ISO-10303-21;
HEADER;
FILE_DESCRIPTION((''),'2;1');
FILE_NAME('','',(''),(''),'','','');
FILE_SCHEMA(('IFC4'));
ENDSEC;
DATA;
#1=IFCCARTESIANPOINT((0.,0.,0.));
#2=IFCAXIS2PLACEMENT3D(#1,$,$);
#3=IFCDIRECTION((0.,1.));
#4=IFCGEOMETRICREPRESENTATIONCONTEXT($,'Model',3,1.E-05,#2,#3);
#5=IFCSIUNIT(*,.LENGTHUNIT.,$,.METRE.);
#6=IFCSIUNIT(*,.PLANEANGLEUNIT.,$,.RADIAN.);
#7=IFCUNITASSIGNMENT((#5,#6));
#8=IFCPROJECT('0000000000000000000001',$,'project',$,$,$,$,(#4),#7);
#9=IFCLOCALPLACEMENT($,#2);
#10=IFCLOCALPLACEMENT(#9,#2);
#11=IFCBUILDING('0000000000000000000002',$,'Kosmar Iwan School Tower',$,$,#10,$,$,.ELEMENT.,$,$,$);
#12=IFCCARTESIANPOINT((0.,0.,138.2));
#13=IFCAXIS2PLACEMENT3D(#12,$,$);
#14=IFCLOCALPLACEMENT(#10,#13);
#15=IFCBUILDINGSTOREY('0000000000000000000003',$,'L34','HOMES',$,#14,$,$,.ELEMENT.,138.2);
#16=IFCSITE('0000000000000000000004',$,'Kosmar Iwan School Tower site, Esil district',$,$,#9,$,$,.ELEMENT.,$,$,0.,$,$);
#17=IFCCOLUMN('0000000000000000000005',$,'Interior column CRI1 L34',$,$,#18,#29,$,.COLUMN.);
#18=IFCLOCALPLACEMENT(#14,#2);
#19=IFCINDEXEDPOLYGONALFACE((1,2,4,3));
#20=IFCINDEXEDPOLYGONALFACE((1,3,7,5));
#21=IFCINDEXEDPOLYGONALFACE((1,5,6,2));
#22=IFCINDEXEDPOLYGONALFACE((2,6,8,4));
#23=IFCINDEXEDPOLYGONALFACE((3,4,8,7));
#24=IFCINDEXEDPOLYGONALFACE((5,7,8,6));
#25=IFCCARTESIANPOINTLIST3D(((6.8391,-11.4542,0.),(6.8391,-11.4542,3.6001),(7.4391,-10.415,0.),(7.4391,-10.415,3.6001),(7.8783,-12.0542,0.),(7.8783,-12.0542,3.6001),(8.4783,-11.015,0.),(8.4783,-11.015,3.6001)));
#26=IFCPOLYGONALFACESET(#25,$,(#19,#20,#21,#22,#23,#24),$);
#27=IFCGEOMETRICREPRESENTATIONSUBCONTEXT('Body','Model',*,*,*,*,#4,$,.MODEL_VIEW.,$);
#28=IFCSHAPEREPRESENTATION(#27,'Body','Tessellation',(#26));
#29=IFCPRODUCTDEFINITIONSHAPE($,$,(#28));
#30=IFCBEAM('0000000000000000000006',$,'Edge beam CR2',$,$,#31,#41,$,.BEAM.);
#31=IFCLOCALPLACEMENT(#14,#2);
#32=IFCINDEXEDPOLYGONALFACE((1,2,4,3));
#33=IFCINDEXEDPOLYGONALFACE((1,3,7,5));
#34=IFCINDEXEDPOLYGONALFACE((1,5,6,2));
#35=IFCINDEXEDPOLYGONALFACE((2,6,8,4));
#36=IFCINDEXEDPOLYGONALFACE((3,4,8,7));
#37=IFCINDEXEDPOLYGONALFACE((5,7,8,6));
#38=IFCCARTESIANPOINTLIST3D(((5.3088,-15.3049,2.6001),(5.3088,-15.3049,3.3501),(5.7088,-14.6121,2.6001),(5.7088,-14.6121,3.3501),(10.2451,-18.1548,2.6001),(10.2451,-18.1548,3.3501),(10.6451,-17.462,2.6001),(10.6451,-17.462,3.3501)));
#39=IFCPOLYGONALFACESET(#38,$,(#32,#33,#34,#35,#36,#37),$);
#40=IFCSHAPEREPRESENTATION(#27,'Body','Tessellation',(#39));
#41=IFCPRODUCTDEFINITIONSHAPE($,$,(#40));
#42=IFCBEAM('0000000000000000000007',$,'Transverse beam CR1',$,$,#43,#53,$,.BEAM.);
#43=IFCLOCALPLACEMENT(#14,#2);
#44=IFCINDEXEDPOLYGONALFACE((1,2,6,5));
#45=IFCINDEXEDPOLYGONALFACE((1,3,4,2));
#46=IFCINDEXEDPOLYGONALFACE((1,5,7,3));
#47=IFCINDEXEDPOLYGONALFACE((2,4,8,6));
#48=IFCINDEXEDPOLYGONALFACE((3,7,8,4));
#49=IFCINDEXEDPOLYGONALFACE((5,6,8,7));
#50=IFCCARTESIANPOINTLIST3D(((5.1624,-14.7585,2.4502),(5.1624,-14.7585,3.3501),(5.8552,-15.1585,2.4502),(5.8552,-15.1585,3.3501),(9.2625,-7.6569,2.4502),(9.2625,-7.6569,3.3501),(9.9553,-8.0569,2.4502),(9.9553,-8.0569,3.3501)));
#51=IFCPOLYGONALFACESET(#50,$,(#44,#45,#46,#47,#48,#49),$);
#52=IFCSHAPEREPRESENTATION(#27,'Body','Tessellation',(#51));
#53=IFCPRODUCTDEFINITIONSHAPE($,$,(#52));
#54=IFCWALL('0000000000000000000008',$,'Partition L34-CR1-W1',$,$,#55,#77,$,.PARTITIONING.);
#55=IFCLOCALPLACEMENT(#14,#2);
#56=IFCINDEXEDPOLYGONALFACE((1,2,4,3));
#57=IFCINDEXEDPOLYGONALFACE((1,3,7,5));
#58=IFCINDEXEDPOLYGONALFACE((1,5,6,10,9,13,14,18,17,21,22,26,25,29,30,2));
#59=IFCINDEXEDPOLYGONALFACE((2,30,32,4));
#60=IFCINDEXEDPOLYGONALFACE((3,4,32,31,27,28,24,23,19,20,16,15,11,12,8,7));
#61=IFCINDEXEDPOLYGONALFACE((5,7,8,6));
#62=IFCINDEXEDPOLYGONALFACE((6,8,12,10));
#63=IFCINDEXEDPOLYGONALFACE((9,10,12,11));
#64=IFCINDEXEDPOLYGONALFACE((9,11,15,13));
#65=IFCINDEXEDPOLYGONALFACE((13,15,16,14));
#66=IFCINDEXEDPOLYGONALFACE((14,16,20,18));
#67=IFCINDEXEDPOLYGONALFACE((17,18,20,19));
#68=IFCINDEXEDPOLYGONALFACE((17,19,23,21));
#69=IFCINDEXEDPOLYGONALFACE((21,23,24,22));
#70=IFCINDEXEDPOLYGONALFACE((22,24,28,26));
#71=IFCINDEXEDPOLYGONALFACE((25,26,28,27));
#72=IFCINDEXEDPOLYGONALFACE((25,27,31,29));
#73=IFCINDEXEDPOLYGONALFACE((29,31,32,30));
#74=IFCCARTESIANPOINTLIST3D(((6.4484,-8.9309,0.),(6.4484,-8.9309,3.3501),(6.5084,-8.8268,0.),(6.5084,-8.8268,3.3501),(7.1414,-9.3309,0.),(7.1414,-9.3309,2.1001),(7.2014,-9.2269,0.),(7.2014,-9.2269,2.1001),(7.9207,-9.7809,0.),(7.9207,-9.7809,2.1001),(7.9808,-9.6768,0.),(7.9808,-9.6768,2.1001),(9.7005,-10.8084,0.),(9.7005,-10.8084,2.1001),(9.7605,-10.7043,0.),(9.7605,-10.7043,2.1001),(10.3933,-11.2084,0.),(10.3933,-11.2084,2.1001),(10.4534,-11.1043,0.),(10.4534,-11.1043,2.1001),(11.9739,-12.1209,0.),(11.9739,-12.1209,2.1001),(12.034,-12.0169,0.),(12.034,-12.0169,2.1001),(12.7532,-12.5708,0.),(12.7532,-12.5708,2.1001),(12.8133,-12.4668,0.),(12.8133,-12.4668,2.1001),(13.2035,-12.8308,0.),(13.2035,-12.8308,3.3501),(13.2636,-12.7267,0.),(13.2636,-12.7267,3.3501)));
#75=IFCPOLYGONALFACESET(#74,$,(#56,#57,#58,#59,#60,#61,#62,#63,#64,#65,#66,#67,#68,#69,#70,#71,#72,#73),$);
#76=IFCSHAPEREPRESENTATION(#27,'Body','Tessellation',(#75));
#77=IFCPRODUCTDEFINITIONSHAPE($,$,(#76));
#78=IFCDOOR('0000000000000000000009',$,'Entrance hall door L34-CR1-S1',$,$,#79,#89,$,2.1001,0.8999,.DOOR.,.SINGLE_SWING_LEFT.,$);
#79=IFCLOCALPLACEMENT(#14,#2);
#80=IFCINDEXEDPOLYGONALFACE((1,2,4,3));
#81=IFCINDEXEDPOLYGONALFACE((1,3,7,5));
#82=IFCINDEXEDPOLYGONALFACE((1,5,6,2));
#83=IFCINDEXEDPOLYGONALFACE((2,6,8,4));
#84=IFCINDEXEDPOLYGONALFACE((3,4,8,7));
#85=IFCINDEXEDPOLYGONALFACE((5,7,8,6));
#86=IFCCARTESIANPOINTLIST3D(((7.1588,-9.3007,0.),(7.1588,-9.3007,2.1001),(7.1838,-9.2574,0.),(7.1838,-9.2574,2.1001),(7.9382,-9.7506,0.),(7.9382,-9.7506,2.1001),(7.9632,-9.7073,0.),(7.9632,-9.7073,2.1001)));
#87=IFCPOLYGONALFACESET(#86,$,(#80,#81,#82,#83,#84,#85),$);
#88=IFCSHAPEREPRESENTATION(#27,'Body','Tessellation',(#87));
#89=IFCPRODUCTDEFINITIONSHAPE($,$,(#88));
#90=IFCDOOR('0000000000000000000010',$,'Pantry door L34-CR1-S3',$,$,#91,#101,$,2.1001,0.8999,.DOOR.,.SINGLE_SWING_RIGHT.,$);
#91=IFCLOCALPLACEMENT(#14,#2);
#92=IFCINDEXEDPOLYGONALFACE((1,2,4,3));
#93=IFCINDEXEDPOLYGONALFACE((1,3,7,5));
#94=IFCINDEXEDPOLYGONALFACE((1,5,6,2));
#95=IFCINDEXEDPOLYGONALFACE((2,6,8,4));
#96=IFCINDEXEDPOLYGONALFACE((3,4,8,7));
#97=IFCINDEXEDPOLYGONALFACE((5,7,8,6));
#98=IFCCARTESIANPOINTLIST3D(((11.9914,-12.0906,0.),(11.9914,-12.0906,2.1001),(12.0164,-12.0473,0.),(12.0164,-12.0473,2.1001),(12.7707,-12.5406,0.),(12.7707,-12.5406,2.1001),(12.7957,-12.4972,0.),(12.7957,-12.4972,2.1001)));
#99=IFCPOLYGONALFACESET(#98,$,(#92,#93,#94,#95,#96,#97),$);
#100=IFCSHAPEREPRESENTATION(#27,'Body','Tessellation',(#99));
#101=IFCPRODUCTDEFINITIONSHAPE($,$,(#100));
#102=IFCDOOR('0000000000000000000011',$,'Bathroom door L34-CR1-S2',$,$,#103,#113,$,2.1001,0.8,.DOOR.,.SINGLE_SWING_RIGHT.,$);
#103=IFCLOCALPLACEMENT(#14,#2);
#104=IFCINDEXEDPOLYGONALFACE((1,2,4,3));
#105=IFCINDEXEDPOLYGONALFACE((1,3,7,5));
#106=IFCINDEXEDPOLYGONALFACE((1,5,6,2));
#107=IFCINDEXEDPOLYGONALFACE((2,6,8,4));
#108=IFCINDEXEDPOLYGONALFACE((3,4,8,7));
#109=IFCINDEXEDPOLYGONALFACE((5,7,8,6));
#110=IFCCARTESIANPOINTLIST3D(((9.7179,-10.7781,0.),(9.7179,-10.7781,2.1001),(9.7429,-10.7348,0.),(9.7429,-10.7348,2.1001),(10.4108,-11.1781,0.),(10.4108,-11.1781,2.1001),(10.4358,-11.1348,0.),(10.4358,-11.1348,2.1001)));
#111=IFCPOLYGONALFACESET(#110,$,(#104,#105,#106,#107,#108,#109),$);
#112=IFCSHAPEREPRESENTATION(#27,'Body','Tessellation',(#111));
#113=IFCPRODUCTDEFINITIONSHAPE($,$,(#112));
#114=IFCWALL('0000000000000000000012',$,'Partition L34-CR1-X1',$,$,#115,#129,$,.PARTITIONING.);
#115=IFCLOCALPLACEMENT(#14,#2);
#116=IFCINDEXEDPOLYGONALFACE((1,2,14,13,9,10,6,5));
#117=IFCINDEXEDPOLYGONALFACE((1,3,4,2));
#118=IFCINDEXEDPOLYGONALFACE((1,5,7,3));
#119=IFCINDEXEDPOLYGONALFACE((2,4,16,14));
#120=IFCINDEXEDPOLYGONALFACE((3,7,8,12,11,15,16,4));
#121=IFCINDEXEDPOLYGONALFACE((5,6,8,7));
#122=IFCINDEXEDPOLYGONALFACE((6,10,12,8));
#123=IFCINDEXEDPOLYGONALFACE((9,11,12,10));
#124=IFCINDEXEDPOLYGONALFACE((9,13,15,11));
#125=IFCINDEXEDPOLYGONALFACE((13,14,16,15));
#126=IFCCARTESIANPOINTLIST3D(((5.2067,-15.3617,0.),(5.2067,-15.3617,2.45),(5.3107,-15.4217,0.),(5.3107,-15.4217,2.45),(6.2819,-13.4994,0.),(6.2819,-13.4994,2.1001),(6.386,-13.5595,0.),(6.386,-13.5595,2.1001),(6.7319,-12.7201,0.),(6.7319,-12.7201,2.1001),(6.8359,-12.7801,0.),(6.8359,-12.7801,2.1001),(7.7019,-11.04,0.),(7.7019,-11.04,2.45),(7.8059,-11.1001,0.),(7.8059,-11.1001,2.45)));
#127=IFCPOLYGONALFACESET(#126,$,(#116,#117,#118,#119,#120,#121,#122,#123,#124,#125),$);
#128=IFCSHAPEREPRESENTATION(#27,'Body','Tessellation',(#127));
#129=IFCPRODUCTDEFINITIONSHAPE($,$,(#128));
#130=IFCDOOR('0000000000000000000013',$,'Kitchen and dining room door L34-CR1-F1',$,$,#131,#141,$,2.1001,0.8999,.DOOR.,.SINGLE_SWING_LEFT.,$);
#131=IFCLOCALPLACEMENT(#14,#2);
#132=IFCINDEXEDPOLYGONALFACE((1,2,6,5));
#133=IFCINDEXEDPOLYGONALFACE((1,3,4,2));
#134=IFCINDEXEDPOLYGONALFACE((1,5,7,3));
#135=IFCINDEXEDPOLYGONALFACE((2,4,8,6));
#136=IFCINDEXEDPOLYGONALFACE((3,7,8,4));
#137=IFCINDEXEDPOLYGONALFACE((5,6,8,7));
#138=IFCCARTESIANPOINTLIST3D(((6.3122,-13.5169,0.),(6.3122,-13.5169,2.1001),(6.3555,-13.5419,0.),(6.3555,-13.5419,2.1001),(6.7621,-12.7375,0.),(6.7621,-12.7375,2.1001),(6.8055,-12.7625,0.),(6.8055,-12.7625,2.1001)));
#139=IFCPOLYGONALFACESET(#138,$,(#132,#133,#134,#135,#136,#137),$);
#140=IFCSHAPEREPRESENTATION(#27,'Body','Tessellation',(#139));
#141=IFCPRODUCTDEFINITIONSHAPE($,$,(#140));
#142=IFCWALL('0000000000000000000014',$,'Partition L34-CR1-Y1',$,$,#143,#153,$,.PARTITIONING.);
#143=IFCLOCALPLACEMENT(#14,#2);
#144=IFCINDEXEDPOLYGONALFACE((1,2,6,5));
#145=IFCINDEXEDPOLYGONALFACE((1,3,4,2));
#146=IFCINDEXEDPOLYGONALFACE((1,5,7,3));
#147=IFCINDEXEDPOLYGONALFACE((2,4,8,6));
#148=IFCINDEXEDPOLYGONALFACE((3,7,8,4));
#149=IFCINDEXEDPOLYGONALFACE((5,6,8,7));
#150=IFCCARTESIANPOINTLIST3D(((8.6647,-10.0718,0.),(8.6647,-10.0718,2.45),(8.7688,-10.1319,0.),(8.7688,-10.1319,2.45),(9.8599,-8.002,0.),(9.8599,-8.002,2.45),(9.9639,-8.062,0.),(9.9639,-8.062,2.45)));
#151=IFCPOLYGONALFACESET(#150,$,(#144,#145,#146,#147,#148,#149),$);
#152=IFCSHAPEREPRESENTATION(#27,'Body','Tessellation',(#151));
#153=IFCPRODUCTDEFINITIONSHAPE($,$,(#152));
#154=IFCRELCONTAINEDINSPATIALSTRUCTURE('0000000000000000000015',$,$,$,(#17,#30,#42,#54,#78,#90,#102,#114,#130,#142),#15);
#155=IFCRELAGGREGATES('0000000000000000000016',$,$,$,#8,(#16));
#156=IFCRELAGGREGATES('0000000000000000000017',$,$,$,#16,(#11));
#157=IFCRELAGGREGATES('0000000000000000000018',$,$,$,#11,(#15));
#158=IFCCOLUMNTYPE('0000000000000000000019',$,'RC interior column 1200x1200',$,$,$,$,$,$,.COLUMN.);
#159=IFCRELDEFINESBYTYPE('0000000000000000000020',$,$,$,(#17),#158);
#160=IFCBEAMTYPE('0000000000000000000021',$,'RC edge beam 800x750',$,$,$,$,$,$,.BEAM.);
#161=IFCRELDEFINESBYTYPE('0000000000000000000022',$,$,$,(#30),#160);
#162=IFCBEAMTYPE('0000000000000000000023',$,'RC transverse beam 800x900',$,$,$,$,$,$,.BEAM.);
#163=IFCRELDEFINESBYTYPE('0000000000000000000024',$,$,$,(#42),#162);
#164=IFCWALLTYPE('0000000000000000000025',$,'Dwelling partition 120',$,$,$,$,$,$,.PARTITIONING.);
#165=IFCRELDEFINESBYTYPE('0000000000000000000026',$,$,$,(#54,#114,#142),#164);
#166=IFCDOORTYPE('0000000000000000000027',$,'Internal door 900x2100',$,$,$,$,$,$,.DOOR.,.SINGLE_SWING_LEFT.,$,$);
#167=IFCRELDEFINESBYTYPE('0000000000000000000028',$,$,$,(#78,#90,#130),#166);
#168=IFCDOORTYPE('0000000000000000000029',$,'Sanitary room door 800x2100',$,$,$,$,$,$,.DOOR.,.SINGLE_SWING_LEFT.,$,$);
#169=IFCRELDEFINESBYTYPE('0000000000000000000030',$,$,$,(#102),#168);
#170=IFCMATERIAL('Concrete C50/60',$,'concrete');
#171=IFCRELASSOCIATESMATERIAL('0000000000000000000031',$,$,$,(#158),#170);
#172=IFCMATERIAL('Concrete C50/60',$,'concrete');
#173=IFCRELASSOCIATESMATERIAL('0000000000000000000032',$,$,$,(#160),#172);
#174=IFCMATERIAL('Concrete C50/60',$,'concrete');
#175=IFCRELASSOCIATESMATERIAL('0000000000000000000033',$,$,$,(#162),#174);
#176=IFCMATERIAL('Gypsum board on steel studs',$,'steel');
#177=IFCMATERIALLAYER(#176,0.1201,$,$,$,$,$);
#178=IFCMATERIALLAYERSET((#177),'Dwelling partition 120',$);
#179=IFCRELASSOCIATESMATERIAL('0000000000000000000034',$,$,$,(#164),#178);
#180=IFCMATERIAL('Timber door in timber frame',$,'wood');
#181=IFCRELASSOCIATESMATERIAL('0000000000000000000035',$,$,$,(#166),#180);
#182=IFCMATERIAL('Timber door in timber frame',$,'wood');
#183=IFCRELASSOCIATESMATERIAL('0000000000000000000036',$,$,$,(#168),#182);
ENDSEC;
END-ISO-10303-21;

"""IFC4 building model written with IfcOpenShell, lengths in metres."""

from ifc_helpers import new_model, si_unit, direction, frame, frame_2d, origin, origin_2d, place, context, subcontext, project, spatial, rectangle, extrude, material, layer, layer_set, material_profile, profile_set, type_object, element, fill, save


model = new_model("IFC4")

# Units and contexts
model_context = context("Model", 3, precision=1e-05, world=origin(), true_north=direction((0.0, 1.0)))
body_context = subcontext(model_context, "Body", "Model", "MODEL_VIEW")
ifc_project = project(units=[si_unit("LENGTHUNIT", "METRE"), si_unit("PLANEANGLEUNIT", "RADIAN")], contexts=[model_context])

# Site, building, storey
site_placement = place(None, origin())
site = spatial("IfcSite", under=ifc_project, at=site_placement, Name="Kosmar Iwan School Tower site, Esil district", CompositionType="ELEMENT", RefElevation=0.0)
building_placement = place(site_placement, origin())
building = spatial("IfcBuilding", under=site, at=building_placement, Name="Kosmar Iwan School Tower", CompositionType="ELEMENT")
storey_placement = place(building_placement, frame((0.0, 0.0, 138.2)))
storey = spatial("IfcBuildingStorey", under=building, at=storey_placement, Name="L34", Description="HOMES", CompositionType="ELEMENT", Elevation=138.2)

# Column
ifc_material_1 = material(Name="Concrete C50/60", Category="concrete")
ifc_material_profile_1 = material_profile(ifc_material_1, rectangle(XDim=1.2, YDim=1.2, at=origin_2d()), Name="RC 1200x1200")
ifc_profile_set_1 = profile_set([ifc_material_profile_1], Name="Concrete C50/60")
column_type = type_object("IfcColumnType", Name="RC interior column 1200x1200", PredefinedType="COLUMN", material=ifc_profile_set_1)
column_placement = place(storey_placement, frame((7.6587, -11.2346, 0.0), z_axis=(0.0, 0.0, 1.0), x_axis=(0.866025, -0.5, 0.0)))
element("IfcColumn", 1, at=column_placement, inside=storey, type_object=column_type, Name="Interior column CRI1 L34", PredefinedType="COLUMN", context=body_context, shape_type="SweptSolid", body=[
    extrude(rectangle(XDim=1.2, YDim=1.2, at=origin_2d()), origin(), (0.0, 0.0, 1.0), 3.6001),
])

# Beams
ifc_material_2 = material(Name="Concrete C50/60", Category="concrete")
ifc_material_profile_2 = material_profile(ifc_material_2, rectangle(XDim=0.8, YDim=0.75, at=origin_2d()), Name="RC 800x750")
ifc_profile_set_2 = profile_set([ifc_material_profile_2], Name="Concrete C50/60")
beam_type_1 = type_object("IfcBeamType", Name="RC edge beam 800x750", PredefinedType="BEAM", material=ifc_profile_set_2)
beam_1_placement = place(storey_placement, frame((5.5088, -14.9585, 2.9751), z_axis=(0.866034, -0.499986, 0.0), x_axis=(0.499986, 0.866034, 0.0)))
element("IfcBeam", 2, at=beam_1_placement, inside=storey, type_object=beam_type_1, Name="Edge beam CR2", PredefinedType="BEAM", context=body_context, shape_type="SweptSolid", body=[
    extrude(rectangle(XDim=0.8, YDim=0.75, at=origin_2d()), origin(), (0.0, 0.0, 1.0), 5.7),
])
ifc_material_3 = material(Name="Concrete C50/60", Category="concrete")
ifc_material_profile_3 = material_profile(ifc_material_3, rectangle(XDim=0.8, YDim=0.8999, at=origin_2d()), Name="RC 800x900")
ifc_profile_set_3 = profile_set([ifc_material_profile_3], Name="Concrete C50/60")
beam_type_2 = type_object("IfcBeamType", Name="RC transverse beam 800x900", PredefinedType="BEAM", material=ifc_profile_set_3)
beam_2_placement = place(storey_placement, frame((5.5088, -14.9585, 2.9001), z_axis=(0.500001, 0.866025, 0.0), x_axis=(-0.866025, 0.500001, 0.0)))
element("IfcBeam", 3, at=beam_2_placement, inside=storey, type_object=beam_type_2, Name="Transverse beam CR1", PredefinedType="BEAM", context=body_context, shape_type="SweptSolid", body=[
    extrude(rectangle(XDim=0.8, YDim=0.8999, at=origin_2d()), origin(), (0.0, 0.0, 1.0), 8.2002),
])

# Wall, openings, doors
ifc_material_4 = material(Name="Gypsum board on steel studs", Category="steel")
ifc_layer = layer(ifc_material_4, 0.1201)
ifc_layer_set = layer_set([ifc_layer], Name="Dwelling partition 120")
wall_type = type_object("IfcWallType", Name="Dwelling partition 120", PredefinedType="PARTITIONING", material=ifc_layer_set)
wall_1_placement = place(storey_placement, frame((6.4785, -8.8789, 0.0), z_axis=(0.0, 0.0, 1.0), x_axis=(0.866035, -0.499983, 0.0)))
wall_1 = element("IfcWall", 4, at=wall_1_placement, inside=storey, type_object=wall_type, Name="Partition L34-CR1-W1", PredefinedType="PARTITIONING", context=body_context, shape_type="SweptSolid", body=[
    extrude(rectangle(XDim=7.8, YDim=0.1201, at=frame_2d((3.8999, 0.0))), origin(), (0.0, 0.0, 1.0), 3.3501),
])
opening_1_placement = place(wall_1_placement, frame((0.8, 0.0, 0.0)))
opening_1 = element("IfcOpeningElement", 5, at=opening_1_placement, cuts=wall_1, PredefinedType="OPENING", context=body_context, shape_type="SweptSolid", body=[
    extrude(rectangle(XDim=0.8999, YDim=2.1001, at=frame_2d((0.45, 1.05))), frame((0.0, 0.072, 0.0), z_axis=(0.0, -1.0, 0.0), x_axis=(1.0, 0.0, 0.0)), (0.0, 0.0, 1.0), 0.144),
])
opening_2_placement = place(wall_1_placement, frame((3.7551, 0.0, 0.0)))
opening_2 = element("IfcOpeningElement", 6, at=opening_2_placement, cuts=wall_1, PredefinedType="OPENING", context=body_context, shape_type="SweptSolid", body=[
    extrude(rectangle(XDim=0.8, YDim=2.1001, at=frame_2d((0.3999, 1.05))), frame((0.0, 0.072, 0.0), z_axis=(0.0, -1.0, 0.0), x_axis=(1.0, 0.0, 0.0)), (0.0, 0.0, 1.0), 0.144),
])
opening_3_placement = place(wall_1_placement, frame((6.3801, 0.0, 0.0)))
opening_3 = element("IfcOpeningElement", 7, at=opening_3_placement, cuts=wall_1, PredefinedType="OPENING", context=body_context, shape_type="SweptSolid", body=[
    extrude(rectangle(XDim=0.8999, YDim=2.1001, at=frame_2d((0.45, 1.05))), frame((0.0, 0.072, 0.0), z_axis=(0.0, -1.0, 0.0), x_axis=(1.0, 0.0, 0.0)), (0.0, 0.0, 1.0), 0.144),
])
ifc_material_5 = material(Name="Timber door in timber frame", Category="wood")
door_type_1 = type_object("IfcDoorType", Name="Internal door 900x2100", OperationType="SINGLE_SWING_LEFT", PredefinedType="DOOR", material=ifc_material_5)
door_1_placement = place(opening_1_placement, origin())
door_1 = element("IfcDoor", 8, at=door_1_placement, inside=storey, type_object=door_type_1, Name="Entrance hall door L34-CR1-S1", OperationType="SINGLE_SWING_LEFT", OverallHeight=2.1001, OverallWidth=0.8999, PredefinedType="DOOR", context=body_context, shape_type="SweptSolid", body=[
    extrude(rectangle(XDim=0.8999, YDim=2.1001, at=frame_2d((0.45, 1.05))), frame((0.0, 0.0249, 0.0), z_axis=(0.0, -1.0, 0.0), x_axis=(1.0, 0.0, 0.0)), (0.0, 0.0, 1.0), 0.05),
])
fill(opening_1, door_1)
door_2_placement = place(opening_3_placement, origin())
door_2 = element("IfcDoor", 9, at=door_2_placement, inside=storey, type_object=door_type_1, Name="Pantry door L34-CR1-S3", OperationType="SINGLE_SWING_RIGHT", OverallHeight=2.1001, OverallWidth=0.8999, PredefinedType="DOOR", context=body_context, shape_type="SweptSolid", body=[
    extrude(rectangle(XDim=0.8999, YDim=2.1001, at=frame_2d((0.45, 1.05))), frame((0.0, 0.0249, 0.0), z_axis=(0.0, -1.0, 0.0), x_axis=(1.0, 0.0, 0.0)), (0.0, 0.0, 1.0), 0.05),
])
fill(opening_3, door_2)
ifc_material_6 = material(Name="Timber door in timber frame", Category="wood")
door_type_2 = type_object("IfcDoorType", Name="Sanitary room door 800x2100", OperationType="SINGLE_SWING_LEFT", PredefinedType="DOOR", material=ifc_material_6)
door_3_placement = place(opening_2_placement, origin())
door_3 = element("IfcDoor", 10, at=door_3_placement, inside=storey, type_object=door_type_2, Name="Bathroom door L34-CR1-S2", OperationType="SINGLE_SWING_RIGHT", OverallHeight=2.1001, OverallWidth=0.8, PredefinedType="DOOR", context=body_context, shape_type="SweptSolid", body=[
    extrude(rectangle(XDim=0.8, YDim=2.1001, at=frame_2d((0.3999, 1.05))), frame((0.0, 0.0249, 0.0), z_axis=(0.0, -1.0, 0.0), x_axis=(1.0, 0.0, 0.0)), (0.0, 0.0, 1.0), 0.05),
])
fill(opening_2, door_3)

# Wall, opening, door
wall_2_placement = place(storey_placement, frame((7.7539, -11.0701, 0.0), z_axis=(0.0, 0.0, 1.0), x_axis=(-0.500012, -0.866019, 0.0)))
wall_2 = element("IfcWall", 11, at=wall_2_placement, inside=storey, type_object=wall_type, Name="Partition L34-CR1-X1", PredefinedType="PARTITIONING", context=body_context, shape_type="SweptSolid", body=[
    extrude(rectangle(XDim=4.9902, YDim=0.1201, at=frame_2d((2.4951, 0.0))), origin(), (0.0, 0.0, 1.0), 2.45),
])
opening_4_placement = place(wall_2_placement, frame((1.9399, 0.0, 0.0)))
opening_4 = element("IfcOpeningElement", 12, at=opening_4_placement, cuts=wall_2, PredefinedType="OPENING", context=body_context, shape_type="SweptSolid", body=[
    extrude(rectangle(XDim=0.8999, YDim=2.1001, at=frame_2d((0.45, 1.05))), frame((0.0, 0.072, 0.0), z_axis=(0.0, -1.0, 0.0), x_axis=(1.0, 0.0, 0.0)), (0.0, 0.0, 1.0), 0.144),
])
door_4_placement = place(opening_4_placement, origin())
door_4 = element("IfcDoor", 13, at=door_4_placement, inside=storey, type_object=door_type_1, Name="Kitchen and dining room door L34-CR1-F1", OperationType="SINGLE_SWING_LEFT", OverallHeight=2.1001, OverallWidth=0.8999, PredefinedType="DOOR", context=body_context, shape_type="SweptSolid", body=[
    extrude(rectangle(XDim=0.8999, YDim=2.1001, at=frame_2d((0.45, 1.05))), frame((0.0, 0.0249, 0.0), z_axis=(0.0, -1.0, 0.0), x_axis=(1.0, 0.0, 0.0)), (0.0, 0.0, 1.0), 0.05),
])
fill(opening_4, door_4)

# Wall
wall_3_placement = place(storey_placement, frame((9.9119, -8.032, 0.0), z_axis=(0.0, 0.0, 1.0), x_axis=(-0.500017, -0.866015, 0.0)))
element("IfcWall", 14, at=wall_3_placement, inside=storey, type_object=wall_type, Name="Partition L34-CR1-Y1", PredefinedType="PARTITIONING", context=body_context, shape_type="SweptSolid", body=[
    extrude(rectangle(XDim=2.3901, YDim=0.1201, at=frame_2d((1.1951, 0.0))), origin(), (0.0, 0.0, 1.0), 2.45),
])

save(model, "model.ifc")
